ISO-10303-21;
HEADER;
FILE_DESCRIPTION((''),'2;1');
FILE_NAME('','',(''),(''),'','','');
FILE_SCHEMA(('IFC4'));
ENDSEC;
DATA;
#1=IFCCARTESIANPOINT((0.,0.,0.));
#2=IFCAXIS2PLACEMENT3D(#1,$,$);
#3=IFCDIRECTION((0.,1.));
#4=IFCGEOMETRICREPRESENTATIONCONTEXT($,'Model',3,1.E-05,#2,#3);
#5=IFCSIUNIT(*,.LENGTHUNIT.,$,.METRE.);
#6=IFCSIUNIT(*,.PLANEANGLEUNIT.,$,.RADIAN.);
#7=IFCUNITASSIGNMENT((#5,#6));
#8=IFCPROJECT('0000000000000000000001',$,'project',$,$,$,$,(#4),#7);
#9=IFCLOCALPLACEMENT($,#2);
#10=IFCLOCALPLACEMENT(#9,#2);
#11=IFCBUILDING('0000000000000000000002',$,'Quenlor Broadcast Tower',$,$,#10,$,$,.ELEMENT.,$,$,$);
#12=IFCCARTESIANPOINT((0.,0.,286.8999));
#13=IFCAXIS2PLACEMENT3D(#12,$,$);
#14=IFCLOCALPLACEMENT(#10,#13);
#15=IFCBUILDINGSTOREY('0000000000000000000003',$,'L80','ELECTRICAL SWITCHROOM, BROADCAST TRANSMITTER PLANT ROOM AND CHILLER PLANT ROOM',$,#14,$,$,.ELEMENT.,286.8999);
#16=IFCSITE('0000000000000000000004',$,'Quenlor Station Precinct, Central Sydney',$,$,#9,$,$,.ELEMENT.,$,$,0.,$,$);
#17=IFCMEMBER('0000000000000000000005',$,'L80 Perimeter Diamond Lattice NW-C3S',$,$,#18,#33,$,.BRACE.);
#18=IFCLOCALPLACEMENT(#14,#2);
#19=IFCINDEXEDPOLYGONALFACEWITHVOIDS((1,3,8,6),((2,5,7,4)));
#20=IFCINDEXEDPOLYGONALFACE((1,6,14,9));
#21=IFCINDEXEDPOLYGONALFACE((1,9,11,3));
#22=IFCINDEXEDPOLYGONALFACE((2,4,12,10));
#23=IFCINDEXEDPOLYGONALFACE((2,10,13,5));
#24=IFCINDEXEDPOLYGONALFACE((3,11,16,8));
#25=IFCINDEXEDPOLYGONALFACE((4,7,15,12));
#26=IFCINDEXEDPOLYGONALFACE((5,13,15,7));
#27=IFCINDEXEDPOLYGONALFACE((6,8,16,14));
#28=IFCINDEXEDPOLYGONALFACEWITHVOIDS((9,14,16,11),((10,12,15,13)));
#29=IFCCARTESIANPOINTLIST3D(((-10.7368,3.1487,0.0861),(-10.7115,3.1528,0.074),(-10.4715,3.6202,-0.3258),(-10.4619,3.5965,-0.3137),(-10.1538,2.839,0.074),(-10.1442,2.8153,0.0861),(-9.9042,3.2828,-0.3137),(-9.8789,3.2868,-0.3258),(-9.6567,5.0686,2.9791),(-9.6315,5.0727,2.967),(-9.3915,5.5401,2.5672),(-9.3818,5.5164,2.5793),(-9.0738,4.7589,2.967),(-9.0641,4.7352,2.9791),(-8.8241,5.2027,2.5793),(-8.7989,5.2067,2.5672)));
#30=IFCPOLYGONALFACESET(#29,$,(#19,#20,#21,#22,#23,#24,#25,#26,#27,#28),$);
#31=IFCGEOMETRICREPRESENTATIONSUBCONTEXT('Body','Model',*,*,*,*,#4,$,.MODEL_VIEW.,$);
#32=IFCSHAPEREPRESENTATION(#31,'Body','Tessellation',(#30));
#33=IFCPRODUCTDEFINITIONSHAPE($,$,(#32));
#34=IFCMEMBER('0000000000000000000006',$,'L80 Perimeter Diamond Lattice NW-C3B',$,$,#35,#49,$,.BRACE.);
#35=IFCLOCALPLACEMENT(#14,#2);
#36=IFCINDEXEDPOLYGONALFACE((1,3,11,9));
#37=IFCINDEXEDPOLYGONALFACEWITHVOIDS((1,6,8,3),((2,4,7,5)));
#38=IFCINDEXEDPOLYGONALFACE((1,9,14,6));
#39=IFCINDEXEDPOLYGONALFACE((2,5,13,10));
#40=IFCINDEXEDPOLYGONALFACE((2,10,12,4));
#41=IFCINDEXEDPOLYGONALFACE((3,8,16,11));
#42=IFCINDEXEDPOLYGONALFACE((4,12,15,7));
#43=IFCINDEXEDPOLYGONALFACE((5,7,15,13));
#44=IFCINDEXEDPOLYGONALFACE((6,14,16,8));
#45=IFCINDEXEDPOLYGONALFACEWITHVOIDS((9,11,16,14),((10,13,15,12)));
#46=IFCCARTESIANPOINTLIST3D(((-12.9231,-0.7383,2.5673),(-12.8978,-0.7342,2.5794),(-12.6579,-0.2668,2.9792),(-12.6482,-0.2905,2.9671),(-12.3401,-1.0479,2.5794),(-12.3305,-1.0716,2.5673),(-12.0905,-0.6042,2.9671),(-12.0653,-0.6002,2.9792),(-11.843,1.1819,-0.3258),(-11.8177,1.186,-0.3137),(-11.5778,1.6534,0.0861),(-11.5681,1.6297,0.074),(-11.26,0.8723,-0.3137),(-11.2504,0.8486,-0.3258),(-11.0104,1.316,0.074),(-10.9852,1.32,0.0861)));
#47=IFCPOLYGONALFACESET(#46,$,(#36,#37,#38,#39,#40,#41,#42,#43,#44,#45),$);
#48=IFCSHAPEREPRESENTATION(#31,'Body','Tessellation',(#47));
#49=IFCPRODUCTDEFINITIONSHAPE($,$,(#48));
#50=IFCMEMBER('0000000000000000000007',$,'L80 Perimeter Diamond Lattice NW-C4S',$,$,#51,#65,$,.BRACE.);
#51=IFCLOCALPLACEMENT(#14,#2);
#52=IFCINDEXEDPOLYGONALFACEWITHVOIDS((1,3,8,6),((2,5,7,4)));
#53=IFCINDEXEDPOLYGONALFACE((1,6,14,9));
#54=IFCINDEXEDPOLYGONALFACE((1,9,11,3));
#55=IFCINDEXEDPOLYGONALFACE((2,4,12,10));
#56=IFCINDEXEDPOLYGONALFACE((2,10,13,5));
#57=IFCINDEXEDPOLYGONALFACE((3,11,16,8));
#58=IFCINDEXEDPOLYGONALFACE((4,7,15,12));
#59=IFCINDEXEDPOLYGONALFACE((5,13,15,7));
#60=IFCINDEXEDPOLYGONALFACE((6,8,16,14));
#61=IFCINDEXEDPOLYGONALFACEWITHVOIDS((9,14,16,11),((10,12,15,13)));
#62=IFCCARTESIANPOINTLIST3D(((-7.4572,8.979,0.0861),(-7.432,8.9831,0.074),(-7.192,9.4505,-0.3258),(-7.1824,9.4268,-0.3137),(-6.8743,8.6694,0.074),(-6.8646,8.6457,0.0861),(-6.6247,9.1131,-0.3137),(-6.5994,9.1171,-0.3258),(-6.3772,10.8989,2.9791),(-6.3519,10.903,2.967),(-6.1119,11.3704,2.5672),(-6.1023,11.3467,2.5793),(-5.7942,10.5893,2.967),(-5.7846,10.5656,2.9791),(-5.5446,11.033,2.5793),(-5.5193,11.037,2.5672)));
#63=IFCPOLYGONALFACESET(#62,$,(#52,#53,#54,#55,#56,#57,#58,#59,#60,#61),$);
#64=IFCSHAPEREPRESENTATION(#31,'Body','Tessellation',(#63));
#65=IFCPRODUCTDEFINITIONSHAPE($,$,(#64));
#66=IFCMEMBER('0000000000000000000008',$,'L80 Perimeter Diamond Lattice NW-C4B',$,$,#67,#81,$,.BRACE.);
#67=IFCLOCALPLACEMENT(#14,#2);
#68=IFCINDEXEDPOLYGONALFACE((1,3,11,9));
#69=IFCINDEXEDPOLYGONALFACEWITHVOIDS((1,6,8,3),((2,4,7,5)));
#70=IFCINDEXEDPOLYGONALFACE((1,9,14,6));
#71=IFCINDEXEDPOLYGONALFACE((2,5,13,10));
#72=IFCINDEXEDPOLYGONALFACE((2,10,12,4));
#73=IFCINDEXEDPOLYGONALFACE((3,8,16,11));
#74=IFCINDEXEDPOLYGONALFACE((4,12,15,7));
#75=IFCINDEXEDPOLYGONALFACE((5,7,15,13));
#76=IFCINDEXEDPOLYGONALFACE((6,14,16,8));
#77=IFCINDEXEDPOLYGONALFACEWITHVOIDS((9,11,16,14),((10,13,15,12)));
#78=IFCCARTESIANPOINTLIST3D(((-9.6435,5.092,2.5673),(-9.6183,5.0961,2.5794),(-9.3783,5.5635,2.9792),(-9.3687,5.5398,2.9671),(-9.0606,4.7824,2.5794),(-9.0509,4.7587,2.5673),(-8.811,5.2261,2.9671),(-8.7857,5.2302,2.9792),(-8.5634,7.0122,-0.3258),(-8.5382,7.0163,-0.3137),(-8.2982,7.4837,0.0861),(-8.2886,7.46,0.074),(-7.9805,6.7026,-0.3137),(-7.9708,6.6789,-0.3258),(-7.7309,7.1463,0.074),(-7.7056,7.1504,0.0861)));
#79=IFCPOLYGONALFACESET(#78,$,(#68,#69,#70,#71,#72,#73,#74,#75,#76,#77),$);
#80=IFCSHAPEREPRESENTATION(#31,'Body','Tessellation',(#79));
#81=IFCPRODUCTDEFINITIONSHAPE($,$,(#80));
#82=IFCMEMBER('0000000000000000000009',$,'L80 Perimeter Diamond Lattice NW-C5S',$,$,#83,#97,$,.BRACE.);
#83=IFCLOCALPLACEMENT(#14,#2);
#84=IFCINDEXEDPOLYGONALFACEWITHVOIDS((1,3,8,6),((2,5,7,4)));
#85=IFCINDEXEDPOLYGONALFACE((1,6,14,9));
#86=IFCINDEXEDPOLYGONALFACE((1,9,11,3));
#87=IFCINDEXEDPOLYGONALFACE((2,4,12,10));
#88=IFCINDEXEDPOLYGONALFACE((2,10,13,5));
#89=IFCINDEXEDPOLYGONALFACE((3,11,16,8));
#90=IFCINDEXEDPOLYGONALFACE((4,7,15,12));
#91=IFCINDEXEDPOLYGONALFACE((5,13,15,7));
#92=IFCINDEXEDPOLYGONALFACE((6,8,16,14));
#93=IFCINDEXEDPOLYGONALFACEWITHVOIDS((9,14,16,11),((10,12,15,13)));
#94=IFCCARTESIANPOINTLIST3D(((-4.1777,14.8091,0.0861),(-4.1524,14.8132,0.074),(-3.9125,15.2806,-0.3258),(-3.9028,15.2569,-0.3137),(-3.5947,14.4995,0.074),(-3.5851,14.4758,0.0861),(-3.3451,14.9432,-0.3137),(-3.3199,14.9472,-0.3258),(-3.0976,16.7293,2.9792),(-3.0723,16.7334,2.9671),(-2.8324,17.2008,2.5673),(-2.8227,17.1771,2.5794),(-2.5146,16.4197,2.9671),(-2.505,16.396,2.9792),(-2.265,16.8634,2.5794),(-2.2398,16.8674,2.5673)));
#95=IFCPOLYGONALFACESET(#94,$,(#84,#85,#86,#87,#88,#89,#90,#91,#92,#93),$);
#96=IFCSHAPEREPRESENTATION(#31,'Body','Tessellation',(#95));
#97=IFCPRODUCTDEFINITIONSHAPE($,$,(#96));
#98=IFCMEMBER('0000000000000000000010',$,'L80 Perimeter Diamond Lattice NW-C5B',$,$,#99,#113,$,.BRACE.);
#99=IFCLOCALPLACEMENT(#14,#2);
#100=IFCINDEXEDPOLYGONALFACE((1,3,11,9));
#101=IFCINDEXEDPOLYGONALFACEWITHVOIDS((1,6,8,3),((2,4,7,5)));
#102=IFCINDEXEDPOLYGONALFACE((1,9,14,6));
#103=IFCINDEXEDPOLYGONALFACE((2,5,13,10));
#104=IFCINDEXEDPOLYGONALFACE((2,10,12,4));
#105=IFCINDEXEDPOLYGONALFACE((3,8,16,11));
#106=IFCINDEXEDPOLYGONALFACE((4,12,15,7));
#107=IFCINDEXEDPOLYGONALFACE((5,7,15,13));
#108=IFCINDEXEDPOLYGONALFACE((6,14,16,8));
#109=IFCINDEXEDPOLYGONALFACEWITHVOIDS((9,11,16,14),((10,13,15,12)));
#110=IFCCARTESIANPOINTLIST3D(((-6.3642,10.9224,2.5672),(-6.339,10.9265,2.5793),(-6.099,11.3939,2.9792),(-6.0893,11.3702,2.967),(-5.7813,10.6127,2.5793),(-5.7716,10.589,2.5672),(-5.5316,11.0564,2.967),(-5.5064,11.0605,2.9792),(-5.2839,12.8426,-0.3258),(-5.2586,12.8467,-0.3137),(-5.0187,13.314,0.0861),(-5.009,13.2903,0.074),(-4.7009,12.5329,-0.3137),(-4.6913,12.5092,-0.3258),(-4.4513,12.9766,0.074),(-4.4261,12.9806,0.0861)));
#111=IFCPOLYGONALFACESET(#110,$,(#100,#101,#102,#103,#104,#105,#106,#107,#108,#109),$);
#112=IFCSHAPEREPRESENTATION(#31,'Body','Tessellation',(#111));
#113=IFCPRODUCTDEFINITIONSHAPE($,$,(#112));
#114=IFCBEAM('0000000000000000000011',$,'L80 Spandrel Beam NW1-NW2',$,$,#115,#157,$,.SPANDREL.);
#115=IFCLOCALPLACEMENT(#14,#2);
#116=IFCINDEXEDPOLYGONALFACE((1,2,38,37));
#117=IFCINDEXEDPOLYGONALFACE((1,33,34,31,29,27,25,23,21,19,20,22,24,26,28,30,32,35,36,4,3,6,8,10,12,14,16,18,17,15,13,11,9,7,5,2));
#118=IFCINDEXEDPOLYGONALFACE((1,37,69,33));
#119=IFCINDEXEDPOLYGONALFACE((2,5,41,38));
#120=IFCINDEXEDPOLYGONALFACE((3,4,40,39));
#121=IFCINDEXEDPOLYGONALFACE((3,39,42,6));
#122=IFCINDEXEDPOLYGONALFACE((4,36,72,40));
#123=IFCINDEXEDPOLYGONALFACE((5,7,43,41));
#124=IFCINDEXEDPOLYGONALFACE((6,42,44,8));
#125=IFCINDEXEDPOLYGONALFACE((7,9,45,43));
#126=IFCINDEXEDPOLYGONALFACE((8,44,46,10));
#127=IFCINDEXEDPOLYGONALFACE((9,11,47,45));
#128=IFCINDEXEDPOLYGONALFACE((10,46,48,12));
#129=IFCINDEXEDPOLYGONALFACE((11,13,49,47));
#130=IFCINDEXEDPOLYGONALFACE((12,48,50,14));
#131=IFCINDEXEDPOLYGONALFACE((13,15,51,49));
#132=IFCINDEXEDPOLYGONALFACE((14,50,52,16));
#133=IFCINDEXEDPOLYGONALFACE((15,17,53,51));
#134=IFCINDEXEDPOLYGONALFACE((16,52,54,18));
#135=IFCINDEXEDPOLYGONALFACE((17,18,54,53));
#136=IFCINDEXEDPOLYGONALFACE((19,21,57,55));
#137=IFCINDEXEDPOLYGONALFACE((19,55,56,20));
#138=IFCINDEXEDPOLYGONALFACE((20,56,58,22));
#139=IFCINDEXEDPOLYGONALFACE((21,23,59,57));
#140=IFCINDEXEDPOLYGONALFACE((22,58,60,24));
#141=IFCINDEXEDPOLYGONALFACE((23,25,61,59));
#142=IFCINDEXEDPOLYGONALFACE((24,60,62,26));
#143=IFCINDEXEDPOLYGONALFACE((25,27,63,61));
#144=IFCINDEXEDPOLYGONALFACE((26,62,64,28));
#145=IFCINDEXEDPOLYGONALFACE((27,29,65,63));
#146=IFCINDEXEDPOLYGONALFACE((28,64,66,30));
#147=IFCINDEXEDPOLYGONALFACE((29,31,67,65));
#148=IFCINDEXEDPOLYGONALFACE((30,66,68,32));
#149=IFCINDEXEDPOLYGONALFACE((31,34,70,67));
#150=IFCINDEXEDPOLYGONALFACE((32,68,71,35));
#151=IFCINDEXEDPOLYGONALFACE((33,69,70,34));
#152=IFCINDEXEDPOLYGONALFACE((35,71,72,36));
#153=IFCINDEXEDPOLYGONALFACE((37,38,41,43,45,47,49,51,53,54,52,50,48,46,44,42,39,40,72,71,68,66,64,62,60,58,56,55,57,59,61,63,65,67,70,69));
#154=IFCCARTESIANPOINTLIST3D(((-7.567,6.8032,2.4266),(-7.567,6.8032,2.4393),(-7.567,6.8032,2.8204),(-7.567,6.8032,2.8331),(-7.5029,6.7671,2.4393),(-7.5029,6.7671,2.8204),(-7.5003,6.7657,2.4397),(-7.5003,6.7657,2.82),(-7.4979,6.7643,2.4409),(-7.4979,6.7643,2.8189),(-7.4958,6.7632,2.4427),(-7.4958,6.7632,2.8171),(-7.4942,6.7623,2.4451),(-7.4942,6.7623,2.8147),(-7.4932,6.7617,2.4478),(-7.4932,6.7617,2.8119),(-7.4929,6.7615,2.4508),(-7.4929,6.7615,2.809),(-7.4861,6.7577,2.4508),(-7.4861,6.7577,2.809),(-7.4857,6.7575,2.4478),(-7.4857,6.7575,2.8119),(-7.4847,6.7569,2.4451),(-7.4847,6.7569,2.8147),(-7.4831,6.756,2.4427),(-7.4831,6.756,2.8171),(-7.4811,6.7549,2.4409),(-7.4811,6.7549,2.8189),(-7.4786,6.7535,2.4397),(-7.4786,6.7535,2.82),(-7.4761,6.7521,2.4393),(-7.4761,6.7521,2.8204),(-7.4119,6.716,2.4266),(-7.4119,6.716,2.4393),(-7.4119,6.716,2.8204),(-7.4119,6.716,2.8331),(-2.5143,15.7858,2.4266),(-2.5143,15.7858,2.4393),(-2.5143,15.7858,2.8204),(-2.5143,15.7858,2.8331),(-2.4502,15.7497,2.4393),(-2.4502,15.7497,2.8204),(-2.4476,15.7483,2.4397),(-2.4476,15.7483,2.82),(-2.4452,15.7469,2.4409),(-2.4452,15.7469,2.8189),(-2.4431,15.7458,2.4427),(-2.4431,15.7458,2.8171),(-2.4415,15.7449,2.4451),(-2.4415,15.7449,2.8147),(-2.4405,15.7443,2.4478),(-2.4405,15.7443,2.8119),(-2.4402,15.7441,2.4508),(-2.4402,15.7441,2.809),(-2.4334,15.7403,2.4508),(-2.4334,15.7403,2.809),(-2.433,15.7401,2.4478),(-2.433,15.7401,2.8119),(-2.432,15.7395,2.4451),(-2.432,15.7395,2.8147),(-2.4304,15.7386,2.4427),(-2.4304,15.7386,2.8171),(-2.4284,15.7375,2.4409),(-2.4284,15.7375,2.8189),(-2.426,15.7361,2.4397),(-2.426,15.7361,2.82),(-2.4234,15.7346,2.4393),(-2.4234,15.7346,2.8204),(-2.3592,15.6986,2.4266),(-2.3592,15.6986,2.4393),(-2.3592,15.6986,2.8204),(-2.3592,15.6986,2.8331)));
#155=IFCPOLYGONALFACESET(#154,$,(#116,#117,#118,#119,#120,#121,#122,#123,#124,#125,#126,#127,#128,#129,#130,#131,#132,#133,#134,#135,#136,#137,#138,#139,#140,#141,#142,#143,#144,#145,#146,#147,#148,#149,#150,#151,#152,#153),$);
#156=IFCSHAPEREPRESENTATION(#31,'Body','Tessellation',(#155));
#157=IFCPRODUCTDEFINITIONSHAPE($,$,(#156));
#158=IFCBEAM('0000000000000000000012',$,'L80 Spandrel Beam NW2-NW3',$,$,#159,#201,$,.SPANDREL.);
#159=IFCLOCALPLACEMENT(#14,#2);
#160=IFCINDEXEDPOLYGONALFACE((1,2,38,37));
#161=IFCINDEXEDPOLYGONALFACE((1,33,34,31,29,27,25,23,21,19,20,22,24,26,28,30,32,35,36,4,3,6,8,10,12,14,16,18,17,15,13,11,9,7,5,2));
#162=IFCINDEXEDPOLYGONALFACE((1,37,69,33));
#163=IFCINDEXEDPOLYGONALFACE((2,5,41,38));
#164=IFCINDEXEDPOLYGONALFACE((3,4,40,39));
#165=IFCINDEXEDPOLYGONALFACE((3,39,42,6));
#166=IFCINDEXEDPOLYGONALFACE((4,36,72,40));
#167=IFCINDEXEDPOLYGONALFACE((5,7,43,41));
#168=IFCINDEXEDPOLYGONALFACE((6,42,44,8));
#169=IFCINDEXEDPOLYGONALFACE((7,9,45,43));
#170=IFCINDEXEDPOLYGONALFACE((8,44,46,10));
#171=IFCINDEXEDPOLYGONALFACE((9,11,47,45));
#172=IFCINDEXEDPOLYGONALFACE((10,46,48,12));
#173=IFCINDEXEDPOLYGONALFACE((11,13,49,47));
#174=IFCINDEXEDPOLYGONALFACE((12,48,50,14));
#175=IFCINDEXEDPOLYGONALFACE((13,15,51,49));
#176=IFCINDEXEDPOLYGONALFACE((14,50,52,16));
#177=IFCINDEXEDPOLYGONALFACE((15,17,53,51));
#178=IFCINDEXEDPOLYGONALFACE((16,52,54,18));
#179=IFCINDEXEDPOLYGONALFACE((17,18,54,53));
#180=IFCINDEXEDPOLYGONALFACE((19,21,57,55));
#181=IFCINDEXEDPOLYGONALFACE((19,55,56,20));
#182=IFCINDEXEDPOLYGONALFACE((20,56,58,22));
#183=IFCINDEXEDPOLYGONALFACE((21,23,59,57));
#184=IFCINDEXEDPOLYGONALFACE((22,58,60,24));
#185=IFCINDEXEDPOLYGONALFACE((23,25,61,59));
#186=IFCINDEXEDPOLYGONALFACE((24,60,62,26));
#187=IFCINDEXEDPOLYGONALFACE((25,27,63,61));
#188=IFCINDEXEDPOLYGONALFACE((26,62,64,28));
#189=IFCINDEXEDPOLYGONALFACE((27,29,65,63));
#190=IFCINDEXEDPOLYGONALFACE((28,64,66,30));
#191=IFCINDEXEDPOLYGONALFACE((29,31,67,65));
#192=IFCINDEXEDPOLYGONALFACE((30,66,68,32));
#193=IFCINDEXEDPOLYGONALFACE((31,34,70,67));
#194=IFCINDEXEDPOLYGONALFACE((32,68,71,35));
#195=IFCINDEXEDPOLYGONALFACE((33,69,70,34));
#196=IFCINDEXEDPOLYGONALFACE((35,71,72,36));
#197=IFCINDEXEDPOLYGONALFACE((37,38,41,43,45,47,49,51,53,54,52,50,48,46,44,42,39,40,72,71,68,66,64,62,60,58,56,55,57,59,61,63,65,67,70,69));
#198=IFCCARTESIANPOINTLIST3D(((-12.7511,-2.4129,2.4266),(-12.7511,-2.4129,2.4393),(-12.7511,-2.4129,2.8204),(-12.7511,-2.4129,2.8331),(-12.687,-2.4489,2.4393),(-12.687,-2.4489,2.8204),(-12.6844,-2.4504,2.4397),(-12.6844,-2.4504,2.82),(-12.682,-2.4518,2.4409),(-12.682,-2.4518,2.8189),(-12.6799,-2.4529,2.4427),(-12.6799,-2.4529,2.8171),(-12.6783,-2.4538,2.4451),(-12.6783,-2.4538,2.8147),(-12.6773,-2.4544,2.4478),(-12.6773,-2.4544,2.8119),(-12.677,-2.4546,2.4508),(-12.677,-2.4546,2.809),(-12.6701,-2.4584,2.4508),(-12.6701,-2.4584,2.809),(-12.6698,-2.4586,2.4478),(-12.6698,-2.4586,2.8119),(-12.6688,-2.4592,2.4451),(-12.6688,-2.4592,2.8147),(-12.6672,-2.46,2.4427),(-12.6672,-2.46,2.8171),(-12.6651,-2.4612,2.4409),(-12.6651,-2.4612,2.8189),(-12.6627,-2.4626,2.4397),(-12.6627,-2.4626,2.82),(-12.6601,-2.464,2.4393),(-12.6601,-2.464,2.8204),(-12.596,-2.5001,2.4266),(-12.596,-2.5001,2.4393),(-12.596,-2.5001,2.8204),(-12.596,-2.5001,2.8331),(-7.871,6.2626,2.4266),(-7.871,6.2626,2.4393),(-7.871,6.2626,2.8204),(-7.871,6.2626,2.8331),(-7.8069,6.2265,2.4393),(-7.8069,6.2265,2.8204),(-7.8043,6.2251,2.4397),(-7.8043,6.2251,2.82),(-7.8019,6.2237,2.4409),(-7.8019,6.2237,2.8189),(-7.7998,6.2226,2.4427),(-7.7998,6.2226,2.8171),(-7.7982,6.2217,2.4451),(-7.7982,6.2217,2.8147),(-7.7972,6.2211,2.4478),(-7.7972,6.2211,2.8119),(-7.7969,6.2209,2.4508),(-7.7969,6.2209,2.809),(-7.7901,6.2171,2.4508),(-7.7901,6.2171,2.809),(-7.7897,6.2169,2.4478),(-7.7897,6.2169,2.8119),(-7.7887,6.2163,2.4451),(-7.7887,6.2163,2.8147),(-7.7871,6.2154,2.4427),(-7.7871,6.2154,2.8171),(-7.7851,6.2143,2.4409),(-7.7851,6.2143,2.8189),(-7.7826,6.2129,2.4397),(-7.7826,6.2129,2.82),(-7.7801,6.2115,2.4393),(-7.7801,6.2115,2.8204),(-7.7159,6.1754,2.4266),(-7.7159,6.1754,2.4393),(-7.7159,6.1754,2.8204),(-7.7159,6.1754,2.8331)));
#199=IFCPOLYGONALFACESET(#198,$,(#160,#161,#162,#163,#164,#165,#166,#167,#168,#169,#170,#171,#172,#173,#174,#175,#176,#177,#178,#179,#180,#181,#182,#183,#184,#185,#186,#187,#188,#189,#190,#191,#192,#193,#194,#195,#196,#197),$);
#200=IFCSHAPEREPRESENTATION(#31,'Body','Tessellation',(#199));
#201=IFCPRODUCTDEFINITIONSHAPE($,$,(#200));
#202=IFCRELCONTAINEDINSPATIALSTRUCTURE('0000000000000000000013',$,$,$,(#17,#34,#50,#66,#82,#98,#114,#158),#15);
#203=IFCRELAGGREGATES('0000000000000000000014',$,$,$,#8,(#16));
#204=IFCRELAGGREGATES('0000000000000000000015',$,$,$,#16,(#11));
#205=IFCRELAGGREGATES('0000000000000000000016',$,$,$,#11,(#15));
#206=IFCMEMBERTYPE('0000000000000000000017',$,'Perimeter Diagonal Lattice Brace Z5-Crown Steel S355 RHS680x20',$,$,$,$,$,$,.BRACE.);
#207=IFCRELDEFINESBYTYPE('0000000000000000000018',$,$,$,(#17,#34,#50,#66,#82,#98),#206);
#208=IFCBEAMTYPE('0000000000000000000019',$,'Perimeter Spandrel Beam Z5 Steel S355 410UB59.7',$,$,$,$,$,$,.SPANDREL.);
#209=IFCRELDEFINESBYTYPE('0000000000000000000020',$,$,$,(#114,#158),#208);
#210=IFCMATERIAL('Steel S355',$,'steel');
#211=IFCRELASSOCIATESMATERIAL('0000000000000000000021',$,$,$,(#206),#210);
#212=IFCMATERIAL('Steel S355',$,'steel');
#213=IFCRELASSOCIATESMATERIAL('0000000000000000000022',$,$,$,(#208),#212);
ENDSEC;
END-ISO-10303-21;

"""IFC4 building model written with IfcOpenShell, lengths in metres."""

from ifc_helpers import new_model, si_unit, direction, frame, origin, origin_2d, place, context, subcontext, project, spatial, hollow_rectangle, i_section, extrude, material, material_profile, profile_set, type_object, element, save


model = new_model("IFC4")

# Units and contexts
model_context = context("Model", 3, precision=1e-05, world=origin(), true_north=direction((0.0, 1.0)))
body_context = subcontext(model_context, "Body", "Model", "MODEL_VIEW")
ifc_project = project(units=[si_unit("LENGTHUNIT", "METRE"), si_unit("PLANEANGLEUNIT", "RADIAN")], contexts=[model_context])

# Site, building, storey
site_placement = place(None, origin())
site = spatial("IfcSite", under=ifc_project, at=site_placement, Name="Quenlor Station Precinct, Central Sydney", CompositionType="ELEMENT", RefElevation=0.0)
building_placement = place(site_placement, origin())
building = spatial("IfcBuilding", under=site, at=building_placement, Name="Quenlor Broadcast Tower", CompositionType="ELEMENT")
storey_placement = place(building_placement, frame((0.0, 0.0, 286.8999)))
storey = spatial("IfcBuildingStorey", under=building, at=storey_placement, Name="L80", Description="ELECTRICAL SWITCHROOM, BROADCAST TRANSMITTER PLANT ROOM AND CHILLER PLANT ROOM", CompositionType="ELEMENT", Elevation=286.8999)

# Members
ifc_material_1 = material(Name="Steel S355", Category="steel")
ifc_material_profile_1 = material_profile(ifc_material_1, hollow_rectangle(XDim=0.6799, YDim=0.6799, WallThickness=0.02, at=origin_2d()))
ifc_profile_set_1 = profile_set([ifc_material_profile_1], Name="Steel S355 RHS680x680x20")
member_type_1 = type_object("IfcMemberType", Name="Perimeter Diagonal Lattice Brace Z5-Crown Steel S355 RHS680x20", PredefinedType="BRACE", material=ifc_profile_set_1)
member_1_placement = place(storey_placement, frame((-10.3079, 3.2178, -0.1199), z_axis=(0.297029, 0.527991, 0.795612), x_axis=(-0.871552, 0.490303, 0.0)))
element("IfcMember", 1, at=member_1_placement, inside=storey, type_object=member_type_1, Name="L80 Perimeter Diamond Lattice NW-C3S", PredefinedType="BRACE", context=body_context, shape_type="SweptSolid", body=[
    extrude(hollow_rectangle(XDim=0.6799, YDim=0.6799, WallThickness=0.02, at=origin_2d()), origin(), (0.0, 0.0, 1.0), 3.6362),
])
member_2_placement = place(storey_placement, frame((-11.4141, 1.251, -0.1199), z_axis=(-0.297018, -0.52804, 0.795584), x_axis=(0.871578, -0.490256, 0.0)))
element("IfcMember", 2, at=member_2_placement, inside=storey, type_object=member_type_1, Name="L80 Perimeter Diamond Lattice NW-C3B", PredefinedType="BRACE", context=body_context, shape_type="SweptSolid", body=[
    extrude(hollow_rectangle(XDim=0.6799, YDim=0.6799, WallThickness=0.02, at=origin_2d()), origin(), (0.0, 0.0, 1.0), 3.6365),
])
member_3_placement = place(storey_placement, frame((-7.0283, 9.0481, -0.1199), z_axis=(0.297029, 0.527991, 0.795612), x_axis=(-0.871552, 0.490303, 0.0)))
element("IfcMember", 3, at=member_3_placement, inside=storey, type_object=member_type_1, Name="L80 Perimeter Diamond Lattice NW-C4S", PredefinedType="BRACE", context=body_context, shape_type="SweptSolid", body=[
    extrude(hollow_rectangle(XDim=0.6799, YDim=0.6799, WallThickness=0.02, at=origin_2d()), origin(), (0.0, 0.0, 1.0), 3.6362),
])
for number, where, z_axis, x_axis, name in (
    (4, (-8.1345, 7.0813, -0.1199), (-0.297018, -0.52804, 0.795584), (0.871578, -0.490256, 0.0), "L80 Perimeter Diamond Lattice NW-C4B"),
    (5, (-3.7488, 14.8782, -0.1199), (0.297018, 0.52804, 0.795584), (-0.871578, 0.490256, 0.0), "L80 Perimeter Diamond Lattice NW-C5S"),
    (6, (-4.855, 12.9116, -0.1199), (-0.297079, -0.528029, 0.795568), (0.871531, -0.49034, 0.0), "L80 Perimeter Diamond Lattice NW-C5B"),
):
    element("IfcMember", number, at=place(storey_placement, frame(where, z_axis=z_axis, x_axis=x_axis)), inside=storey, type_object=member_type_1, Name=name, PredefinedType="BRACE", context=body_context, shape_type="SweptSolid", body=[
        extrude(hollow_rectangle(XDim=0.6799, YDim=0.6799, WallThickness=0.02, at=origin_2d()), origin(), (0.0, 0.0, 1.0), 3.6365),
    ])

# Beams
ifc_material_2 = material(Name="Steel S355", Category="steel")
ifc_material_profile_2 = material_profile(ifc_material_2, i_section(OverallWidth=0.178, OverallDepth=0.4065, WebThickness=0.0078, FlangeThickness=0.0127, FilletRadius=0.0115, at=origin_2d()))
ifc_profile_set_2 = profile_set([ifc_material_profile_2], Name="Steel S355 410UB59.7")
beam_type_1 = type_object("IfcBeamType", Name="Perimeter Spandrel Beam Z5 Steel S355 410UB59.7", PredefinedType="SPANDREL", material=ifc_profile_set_2)
beam_1_placement = place(storey_placement, frame((-2.4368, 15.7422, 2.6299), z_axis=(-0.49026, -0.871576, 0.0), x_axis=(0.871576, -0.49026, 0.0)))
element("IfcBeam", 7, at=beam_1_placement, inside=storey, type_object=beam_type_1, Name="L80 Spandrel Beam NW1-NW2", PredefinedType="SPANDREL", context=body_context, shape_type="SweptSolid", body=[
    extrude(i_section(OverallWidth=0.178, OverallDepth=0.4065, WebThickness=0.0078, FlangeThickness=0.0127, FilletRadius=0.0115, at=origin_2d()), origin(), (0.0, 0.0, 1.0), 10.3062),
])
beam_2_placement = place(storey_placement, frame((-7.7935, 6.219, 2.6299), z_axis=(-0.490272, -0.87157, 0.0), x_axis=(0.87157, -0.490272, 0.0)))
element("IfcBeam", 8, at=beam_2_placement, inside=storey, type_object=beam_type_1, Name="L80 Spandrel Beam NW2-NW3", PredefinedType="SPANDREL", context=body_context, shape_type="SweptSolid", body=[
    extrude(i_section(OverallWidth=0.178, OverallDepth=0.4065, WebThickness=0.0078, FlangeThickness=0.0127, FilletRadius=0.0115, at=origin_2d()), origin(), (0.0, 0.0, 1.0), 9.9539),
])

save(model, "model.ifc")
